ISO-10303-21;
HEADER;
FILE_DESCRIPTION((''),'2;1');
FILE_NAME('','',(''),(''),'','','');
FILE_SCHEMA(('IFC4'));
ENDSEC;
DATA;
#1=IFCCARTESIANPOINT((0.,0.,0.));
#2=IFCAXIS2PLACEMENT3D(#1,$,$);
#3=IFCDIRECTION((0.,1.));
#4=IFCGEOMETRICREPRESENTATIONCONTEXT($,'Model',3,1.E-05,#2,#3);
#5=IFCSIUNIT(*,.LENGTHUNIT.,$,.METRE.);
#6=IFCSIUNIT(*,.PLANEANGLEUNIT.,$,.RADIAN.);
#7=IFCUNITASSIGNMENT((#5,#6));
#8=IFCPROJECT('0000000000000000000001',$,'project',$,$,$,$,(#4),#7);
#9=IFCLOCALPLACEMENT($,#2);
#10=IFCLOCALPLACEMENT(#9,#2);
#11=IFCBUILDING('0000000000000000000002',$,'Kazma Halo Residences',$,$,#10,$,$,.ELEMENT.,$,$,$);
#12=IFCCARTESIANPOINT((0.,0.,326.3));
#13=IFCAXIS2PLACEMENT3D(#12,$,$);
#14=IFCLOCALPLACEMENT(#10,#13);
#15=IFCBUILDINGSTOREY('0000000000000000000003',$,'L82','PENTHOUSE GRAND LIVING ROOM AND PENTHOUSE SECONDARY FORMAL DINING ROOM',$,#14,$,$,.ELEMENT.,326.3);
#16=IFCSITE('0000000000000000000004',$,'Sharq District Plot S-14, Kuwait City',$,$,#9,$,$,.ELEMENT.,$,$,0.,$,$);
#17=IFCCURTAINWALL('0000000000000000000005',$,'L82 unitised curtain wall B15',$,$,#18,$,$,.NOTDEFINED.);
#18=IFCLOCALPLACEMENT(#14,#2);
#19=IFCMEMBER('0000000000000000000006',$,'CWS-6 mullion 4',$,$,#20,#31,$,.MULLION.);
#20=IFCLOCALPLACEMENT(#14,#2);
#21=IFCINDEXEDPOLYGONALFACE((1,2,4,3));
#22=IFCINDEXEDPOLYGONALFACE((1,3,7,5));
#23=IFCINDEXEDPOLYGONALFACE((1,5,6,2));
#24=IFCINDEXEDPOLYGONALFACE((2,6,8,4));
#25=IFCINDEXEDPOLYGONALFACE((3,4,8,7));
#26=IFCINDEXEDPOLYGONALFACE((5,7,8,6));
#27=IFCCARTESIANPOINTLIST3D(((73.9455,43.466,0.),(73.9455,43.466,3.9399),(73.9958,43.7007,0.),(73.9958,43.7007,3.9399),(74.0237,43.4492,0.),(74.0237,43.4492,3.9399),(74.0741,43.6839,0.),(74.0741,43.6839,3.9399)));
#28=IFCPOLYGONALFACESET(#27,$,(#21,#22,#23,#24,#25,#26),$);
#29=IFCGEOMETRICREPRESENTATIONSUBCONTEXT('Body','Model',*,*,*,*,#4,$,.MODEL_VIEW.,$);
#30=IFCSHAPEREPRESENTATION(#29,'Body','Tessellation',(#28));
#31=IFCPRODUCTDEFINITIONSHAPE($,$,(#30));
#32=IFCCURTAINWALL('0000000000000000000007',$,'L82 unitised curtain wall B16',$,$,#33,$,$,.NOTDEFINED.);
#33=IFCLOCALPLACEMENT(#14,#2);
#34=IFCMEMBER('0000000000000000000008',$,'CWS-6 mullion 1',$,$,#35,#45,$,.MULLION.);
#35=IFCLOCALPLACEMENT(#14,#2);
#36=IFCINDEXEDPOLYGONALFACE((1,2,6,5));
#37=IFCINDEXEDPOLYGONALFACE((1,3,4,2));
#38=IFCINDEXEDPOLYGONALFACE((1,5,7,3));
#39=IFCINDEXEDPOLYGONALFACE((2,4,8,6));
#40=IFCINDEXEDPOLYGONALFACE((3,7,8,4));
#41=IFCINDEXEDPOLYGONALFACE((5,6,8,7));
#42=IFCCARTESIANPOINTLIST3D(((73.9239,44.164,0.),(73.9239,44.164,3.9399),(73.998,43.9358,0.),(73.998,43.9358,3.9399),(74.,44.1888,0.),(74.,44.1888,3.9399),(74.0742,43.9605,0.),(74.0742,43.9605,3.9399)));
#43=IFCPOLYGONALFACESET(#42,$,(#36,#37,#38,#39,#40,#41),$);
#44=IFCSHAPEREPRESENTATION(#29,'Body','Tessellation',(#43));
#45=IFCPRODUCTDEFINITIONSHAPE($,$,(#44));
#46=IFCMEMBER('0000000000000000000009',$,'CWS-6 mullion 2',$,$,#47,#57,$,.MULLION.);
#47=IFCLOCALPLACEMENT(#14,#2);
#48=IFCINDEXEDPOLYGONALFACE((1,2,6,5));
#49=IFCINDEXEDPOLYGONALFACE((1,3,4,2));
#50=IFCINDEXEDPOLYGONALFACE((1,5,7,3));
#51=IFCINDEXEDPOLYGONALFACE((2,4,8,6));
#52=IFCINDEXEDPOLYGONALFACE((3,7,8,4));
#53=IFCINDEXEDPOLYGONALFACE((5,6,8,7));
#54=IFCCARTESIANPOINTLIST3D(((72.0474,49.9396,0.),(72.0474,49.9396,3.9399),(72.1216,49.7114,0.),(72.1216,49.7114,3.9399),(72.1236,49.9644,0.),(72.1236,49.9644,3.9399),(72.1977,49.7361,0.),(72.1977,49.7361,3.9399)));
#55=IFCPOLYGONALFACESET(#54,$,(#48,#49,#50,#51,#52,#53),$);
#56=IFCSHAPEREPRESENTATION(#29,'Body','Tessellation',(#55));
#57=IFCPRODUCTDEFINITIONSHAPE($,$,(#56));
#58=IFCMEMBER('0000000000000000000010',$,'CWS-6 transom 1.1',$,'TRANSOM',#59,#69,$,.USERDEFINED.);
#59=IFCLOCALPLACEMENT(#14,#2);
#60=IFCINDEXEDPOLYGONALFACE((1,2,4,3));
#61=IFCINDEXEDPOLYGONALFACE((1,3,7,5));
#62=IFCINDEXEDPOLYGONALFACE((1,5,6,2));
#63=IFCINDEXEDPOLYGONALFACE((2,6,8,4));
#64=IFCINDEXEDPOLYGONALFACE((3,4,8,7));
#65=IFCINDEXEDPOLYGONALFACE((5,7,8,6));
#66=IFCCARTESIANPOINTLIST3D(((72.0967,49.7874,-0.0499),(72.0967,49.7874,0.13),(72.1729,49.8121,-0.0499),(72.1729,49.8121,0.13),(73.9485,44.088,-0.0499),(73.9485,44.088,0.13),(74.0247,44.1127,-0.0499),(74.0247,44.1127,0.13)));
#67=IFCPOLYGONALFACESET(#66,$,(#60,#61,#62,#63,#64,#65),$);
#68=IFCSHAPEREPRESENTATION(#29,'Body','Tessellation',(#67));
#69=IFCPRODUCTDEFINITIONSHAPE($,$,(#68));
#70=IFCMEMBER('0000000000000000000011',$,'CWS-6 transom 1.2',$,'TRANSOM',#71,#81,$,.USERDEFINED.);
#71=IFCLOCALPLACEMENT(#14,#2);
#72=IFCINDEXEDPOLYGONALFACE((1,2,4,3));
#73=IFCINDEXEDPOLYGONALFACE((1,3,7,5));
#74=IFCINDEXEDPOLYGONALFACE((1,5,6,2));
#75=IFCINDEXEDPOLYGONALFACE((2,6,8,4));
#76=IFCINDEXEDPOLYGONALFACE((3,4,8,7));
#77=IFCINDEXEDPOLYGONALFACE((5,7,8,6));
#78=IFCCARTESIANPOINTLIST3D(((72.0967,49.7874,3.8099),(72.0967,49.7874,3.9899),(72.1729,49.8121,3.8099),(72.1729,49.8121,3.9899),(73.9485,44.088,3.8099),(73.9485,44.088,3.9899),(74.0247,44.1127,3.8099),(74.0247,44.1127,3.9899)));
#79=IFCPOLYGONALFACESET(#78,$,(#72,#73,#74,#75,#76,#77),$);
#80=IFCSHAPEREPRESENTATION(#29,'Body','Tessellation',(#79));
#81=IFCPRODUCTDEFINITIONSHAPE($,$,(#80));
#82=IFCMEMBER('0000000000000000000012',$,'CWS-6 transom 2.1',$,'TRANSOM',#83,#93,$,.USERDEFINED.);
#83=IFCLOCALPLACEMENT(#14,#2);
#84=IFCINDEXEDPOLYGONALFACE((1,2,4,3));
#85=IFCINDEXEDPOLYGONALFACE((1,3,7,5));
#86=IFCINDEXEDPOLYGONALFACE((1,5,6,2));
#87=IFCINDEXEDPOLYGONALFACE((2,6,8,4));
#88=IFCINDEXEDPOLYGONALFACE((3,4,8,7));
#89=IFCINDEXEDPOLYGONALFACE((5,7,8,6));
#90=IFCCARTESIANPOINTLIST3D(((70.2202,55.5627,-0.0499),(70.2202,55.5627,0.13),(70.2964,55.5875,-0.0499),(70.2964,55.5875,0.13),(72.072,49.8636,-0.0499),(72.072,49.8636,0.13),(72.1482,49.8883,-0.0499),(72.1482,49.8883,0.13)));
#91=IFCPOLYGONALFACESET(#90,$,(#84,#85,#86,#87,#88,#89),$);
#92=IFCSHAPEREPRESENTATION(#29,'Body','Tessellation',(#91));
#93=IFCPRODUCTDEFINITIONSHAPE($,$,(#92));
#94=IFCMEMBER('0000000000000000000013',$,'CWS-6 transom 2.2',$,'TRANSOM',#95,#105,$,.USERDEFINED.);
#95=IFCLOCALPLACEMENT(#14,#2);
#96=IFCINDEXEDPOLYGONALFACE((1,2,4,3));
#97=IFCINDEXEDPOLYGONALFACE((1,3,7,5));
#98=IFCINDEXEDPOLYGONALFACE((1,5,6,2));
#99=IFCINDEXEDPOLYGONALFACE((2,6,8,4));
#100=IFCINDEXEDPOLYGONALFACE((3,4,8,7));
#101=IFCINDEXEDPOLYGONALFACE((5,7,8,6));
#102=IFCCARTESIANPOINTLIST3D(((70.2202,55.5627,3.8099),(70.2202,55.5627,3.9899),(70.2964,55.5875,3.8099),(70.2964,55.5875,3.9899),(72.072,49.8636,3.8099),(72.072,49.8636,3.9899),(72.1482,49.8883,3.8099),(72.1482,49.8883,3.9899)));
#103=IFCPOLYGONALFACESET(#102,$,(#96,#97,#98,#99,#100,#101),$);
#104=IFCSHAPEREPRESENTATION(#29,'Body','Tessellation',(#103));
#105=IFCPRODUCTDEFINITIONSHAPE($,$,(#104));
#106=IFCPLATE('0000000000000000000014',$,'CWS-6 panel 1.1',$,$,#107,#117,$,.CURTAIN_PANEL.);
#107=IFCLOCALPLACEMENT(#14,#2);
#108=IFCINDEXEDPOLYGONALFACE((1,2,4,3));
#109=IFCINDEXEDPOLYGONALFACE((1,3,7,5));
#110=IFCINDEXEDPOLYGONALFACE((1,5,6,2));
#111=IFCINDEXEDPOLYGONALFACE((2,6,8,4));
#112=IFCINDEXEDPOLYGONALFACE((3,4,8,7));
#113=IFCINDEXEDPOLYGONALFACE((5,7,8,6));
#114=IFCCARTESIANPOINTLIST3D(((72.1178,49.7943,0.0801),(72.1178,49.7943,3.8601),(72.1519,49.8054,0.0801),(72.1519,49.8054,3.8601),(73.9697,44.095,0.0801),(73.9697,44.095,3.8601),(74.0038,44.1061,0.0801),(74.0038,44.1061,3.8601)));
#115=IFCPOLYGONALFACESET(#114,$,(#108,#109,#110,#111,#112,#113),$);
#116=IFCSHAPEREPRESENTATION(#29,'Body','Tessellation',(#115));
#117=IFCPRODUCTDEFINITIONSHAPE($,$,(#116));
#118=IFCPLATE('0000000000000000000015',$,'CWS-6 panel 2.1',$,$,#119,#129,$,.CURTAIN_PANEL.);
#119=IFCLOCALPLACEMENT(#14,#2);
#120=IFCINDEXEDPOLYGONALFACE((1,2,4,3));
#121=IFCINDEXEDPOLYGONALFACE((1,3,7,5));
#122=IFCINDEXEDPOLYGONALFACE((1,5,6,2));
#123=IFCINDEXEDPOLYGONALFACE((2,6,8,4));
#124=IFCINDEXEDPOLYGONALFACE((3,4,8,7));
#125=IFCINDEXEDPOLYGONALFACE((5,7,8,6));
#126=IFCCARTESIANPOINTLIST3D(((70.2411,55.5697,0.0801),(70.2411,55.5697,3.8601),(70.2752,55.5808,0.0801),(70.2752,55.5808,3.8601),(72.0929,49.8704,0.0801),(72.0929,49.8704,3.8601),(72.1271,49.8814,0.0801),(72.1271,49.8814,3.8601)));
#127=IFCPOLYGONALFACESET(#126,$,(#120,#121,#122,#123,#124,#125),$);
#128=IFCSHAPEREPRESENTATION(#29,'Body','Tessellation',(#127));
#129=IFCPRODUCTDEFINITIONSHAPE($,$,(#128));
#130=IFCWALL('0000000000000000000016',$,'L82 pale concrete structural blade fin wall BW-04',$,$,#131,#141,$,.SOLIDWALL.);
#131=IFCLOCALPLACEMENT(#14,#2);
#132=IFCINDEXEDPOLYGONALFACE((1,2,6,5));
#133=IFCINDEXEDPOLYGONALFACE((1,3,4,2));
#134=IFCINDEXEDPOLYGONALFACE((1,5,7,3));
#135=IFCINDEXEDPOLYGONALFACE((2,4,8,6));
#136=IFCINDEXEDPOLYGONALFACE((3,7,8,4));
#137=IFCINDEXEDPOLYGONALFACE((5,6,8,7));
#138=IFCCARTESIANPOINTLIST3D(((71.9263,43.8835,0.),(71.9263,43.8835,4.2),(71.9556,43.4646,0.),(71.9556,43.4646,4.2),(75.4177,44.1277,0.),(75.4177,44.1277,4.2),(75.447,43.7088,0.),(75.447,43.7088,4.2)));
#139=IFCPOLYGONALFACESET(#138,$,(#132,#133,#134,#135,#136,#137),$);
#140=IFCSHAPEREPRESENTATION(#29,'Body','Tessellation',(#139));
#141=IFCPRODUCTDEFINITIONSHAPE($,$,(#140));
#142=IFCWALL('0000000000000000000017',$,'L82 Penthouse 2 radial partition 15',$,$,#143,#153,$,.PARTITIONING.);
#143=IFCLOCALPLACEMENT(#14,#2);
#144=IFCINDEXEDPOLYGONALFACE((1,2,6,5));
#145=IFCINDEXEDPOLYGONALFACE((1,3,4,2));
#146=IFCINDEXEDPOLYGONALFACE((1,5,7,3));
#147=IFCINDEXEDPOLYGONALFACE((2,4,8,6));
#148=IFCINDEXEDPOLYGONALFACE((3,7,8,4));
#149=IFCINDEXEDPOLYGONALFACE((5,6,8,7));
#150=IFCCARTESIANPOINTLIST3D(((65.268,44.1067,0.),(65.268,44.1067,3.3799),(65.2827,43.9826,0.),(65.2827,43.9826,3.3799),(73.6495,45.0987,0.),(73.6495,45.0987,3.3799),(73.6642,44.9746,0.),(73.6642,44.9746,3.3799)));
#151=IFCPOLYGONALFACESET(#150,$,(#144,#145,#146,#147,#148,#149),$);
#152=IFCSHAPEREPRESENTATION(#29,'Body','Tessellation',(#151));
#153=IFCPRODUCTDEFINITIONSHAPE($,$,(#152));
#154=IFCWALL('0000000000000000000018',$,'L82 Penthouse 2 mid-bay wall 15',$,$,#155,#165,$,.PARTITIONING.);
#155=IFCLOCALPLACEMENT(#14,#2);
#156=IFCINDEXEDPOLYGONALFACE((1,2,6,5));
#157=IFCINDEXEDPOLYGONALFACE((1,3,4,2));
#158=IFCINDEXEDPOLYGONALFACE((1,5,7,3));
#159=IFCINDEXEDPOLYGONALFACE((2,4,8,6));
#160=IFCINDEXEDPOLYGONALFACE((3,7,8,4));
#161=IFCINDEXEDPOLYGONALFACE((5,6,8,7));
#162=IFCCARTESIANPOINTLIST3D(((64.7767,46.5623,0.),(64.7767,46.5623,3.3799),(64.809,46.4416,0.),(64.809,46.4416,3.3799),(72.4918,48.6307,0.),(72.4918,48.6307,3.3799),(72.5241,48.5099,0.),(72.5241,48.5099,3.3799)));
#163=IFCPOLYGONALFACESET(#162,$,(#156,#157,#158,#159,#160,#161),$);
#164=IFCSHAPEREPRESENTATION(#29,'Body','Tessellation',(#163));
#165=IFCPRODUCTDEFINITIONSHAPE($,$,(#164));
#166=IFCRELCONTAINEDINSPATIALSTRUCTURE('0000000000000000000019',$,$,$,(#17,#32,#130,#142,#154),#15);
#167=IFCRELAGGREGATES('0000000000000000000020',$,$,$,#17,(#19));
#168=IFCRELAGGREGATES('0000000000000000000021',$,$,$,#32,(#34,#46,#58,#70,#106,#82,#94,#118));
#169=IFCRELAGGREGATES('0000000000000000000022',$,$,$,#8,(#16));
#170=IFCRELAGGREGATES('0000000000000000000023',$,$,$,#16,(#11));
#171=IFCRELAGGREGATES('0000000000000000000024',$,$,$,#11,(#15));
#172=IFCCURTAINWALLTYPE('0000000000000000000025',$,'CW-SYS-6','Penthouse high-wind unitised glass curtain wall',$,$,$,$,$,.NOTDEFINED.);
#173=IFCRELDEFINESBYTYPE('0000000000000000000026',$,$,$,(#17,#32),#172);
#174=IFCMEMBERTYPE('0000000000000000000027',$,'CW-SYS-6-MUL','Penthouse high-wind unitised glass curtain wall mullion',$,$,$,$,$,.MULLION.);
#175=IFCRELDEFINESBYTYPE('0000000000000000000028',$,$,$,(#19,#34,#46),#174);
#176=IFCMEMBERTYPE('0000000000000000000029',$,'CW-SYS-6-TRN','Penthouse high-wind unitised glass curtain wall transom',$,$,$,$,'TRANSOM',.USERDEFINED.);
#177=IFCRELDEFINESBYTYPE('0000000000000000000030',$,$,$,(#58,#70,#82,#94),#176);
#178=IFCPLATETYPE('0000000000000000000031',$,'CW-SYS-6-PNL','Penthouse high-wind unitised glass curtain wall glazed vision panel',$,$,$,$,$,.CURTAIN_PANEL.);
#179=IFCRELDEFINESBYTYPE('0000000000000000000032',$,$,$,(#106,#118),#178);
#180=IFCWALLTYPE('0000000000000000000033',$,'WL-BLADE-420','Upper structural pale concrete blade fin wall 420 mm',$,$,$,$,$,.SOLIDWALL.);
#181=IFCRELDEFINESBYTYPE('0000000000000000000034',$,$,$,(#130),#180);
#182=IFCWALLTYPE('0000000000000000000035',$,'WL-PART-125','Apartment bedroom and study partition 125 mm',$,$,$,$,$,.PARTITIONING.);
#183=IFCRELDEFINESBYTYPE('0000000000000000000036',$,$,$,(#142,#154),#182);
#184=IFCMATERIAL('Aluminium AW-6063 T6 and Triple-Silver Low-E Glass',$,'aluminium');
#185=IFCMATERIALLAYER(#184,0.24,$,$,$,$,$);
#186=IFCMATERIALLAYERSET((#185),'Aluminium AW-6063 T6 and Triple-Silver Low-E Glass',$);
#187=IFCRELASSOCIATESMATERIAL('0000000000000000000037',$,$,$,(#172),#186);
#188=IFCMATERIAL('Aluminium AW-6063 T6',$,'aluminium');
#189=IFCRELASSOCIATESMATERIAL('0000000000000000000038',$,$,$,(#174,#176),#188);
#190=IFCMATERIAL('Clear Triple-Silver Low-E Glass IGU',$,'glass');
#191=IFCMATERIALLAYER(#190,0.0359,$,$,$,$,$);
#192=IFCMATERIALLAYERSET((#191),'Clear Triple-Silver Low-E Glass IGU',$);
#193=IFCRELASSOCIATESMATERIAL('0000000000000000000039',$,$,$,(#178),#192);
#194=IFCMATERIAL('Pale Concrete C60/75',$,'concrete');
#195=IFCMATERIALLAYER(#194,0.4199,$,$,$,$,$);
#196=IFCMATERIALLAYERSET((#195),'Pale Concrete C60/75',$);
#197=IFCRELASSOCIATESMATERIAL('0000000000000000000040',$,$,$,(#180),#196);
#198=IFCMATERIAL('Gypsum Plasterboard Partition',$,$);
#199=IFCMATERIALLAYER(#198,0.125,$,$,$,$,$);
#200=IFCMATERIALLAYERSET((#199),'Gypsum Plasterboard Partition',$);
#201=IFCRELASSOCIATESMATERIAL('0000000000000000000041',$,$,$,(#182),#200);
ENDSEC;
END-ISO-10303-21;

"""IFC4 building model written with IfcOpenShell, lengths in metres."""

from ifc_helpers import new_model, si_unit, direction, frame, frame_2d, origin, origin_2d, place, context, subcontext, project, spatial, rectangle, extrude, material, layer, layer_set, material_profile, profile_set, type_object, element, aggregate, save


model = new_model("IFC4")

# Units and contexts
model_context = context("Model", 3, precision=1e-05, world=origin(), true_north=direction((0.0, 1.0)))
body_context = subcontext(model_context, "Body", "Model", "MODEL_VIEW")
ifc_project = project(units=[si_unit("LENGTHUNIT", "METRE"), si_unit("PLANEANGLEUNIT", "RADIAN")], contexts=[model_context])

# Site, building, storey
site_placement = place(None, origin())
site = spatial("IfcSite", under=ifc_project, at=site_placement, Name="Sharq District Plot S-14, Kuwait City", CompositionType="ELEMENT", RefElevation=0.0)
building_placement = place(site_placement, origin())
building = spatial("IfcBuilding", under=site, at=building_placement, Name="Kazma Halo Residences", CompositionType="ELEMENT")
storey_placement = place(building_placement, frame((0.0, 0.0, 326.3)))
storey = spatial("IfcBuildingStorey", under=building, at=storey_placement, Name="L82", Description="PENTHOUSE GRAND LIVING ROOM AND PENTHOUSE SECONDARY FORMAL DINING ROOM", CompositionType="ELEMENT", Elevation=326.3)

# Curtain wall, member
ifc_material_1 = material(Name="Aluminium AW-6063 T6 and Triple-Silver Low-E Glass", Category="aluminium")
ifc_layer_1 = layer(ifc_material_1, 0.24)
ifc_layer_set_1 = layer_set([ifc_layer_1], Name="Aluminium AW-6063 T6 and Triple-Silver Low-E Glass")
curtain_wall_type = type_object("IfcCurtainWallType", Name="CW-SYS-6", Description="Penthouse high-wind unitised glass curtain wall", PredefinedType="NOTDEFINED", material=ifc_layer_set_1)
curtain_wall_1_placement = place(storey_placement, origin())
curtain_wall_1 = element("IfcCurtainWall", 1, at=curtain_wall_1_placement, inside=storey, type_object=curtain_wall_type, Name="L82 unitised curtain wall B15", PredefinedType="NOTDEFINED")
ifc_material_2 = material(Name="Aluminium AW-6063 T6", Category="aluminium")
ifc_material_profile_1 = material_profile(ifc_material_2, rectangle(XDim=0.0801, YDim=0.24, at=origin_2d()), Name="CWM-80x240")
ifc_profile_set_1 = profile_set([ifc_material_profile_1], Name="Aluminium AW-6063 T6")
member_type_1 = type_object("IfcMemberType", Name="CW-SYS-6-MUL", Description="Penthouse high-wind unitised glass curtain wall mullion", PredefinedType="MULLION", material=ifc_profile_set_1)
member_1_placement = place(storey_placement, frame((74.0098, 43.575, 0.0), z_axis=(0.0, 0.0, 1.0), x_axis=(-0.977761, 0.209723, 0.0)))
member_1 = element("IfcMember", 2, at=member_1_placement, type_object=member_type_1, Name="CWS-6 mullion 4", PredefinedType="MULLION", context=body_context, shape_type="SweptSolid", body=[
    extrude(rectangle(XDim=0.0801, YDim=0.24, at=origin_2d()), origin(), (0.0, 0.0, 1.0), 3.9399),
])
aggregate(curtain_wall_1, [member_1])

# Curtain wall, members, plates
curtain_wall_2_placement = place(storey_placement, origin())
curtain_wall_2 = element("IfcCurtainWall", 3, at=curtain_wall_2_placement, inside=storey, type_object=curtain_wall_type, Name="L82 unitised curtain wall B16", PredefinedType="NOTDEFINED")
member_2_placement = place(storey_placement, frame((73.999, 44.0623, 0.0), z_axis=(0.0, 0.0, 1.0), x_axis=(-0.951056, -0.309019, 0.0)))
member_2 = element("IfcMember", 4, at=member_2_placement, type_object=member_type_1, Name="CWS-6 mullion 1", PredefinedType="MULLION", context=body_context, shape_type="SweptSolid", body=[
    extrude(rectangle(XDim=0.0801, YDim=0.24, at=origin_2d()), origin(), (0.0, 0.0, 1.0), 3.9399),
])
member_3_placement = place(storey_placement, frame((72.1226, 49.8379, 0.0), z_axis=(0.0, 0.0, 1.0), x_axis=(-0.951056, -0.309019, 0.0)))
member_3 = element("IfcMember", 5, at=member_3_placement, type_object=member_type_1, Name="CWS-6 mullion 2", PredefinedType="MULLION", context=body_context, shape_type="SweptSolid", body=[
    extrude(rectangle(XDim=0.0801, YDim=0.24, at=origin_2d()), origin(), (0.0, 0.0, 1.0), 3.9399),
])
ifc_material_profile_2 = material_profile(ifc_material_2, rectangle(XDim=0.0801, YDim=0.1799, at=origin_2d()), Name="CWT-80x180")
ifc_profile_set_2 = profile_set([ifc_material_profile_2], Name="Aluminium AW-6063 T6")
member_type_2 = type_object("IfcMemberType", Name="CW-SYS-6-TRN", Description="Penthouse high-wind unitised glass curtain wall transom", ElementType="TRANSOM", PredefinedType="USERDEFINED", material=ifc_profile_set_2)
member_4_placement = place(storey_placement, frame((73.9866, 44.1003, 0.04), z_axis=(-0.309008, 0.95106, 0.0), x_axis=(-0.95106, -0.309008, 0.0)))
member_4 = element("IfcMember", 6, at=member_4_placement, type_object=member_type_2, Name="CWS-6 transom 1.1", ObjectType="TRANSOM", PredefinedType="USERDEFINED", context=body_context, shape_type="SweptSolid", body=[
    extrude(rectangle(XDim=0.0801, YDim=0.1799, at=origin_2d()), origin(), (0.0, 0.0, 1.0), 5.9927),
])
member_5_placement = place(storey_placement, frame((73.9866, 44.1003, 3.8999), z_axis=(-0.309008, 0.95106, 0.0), x_axis=(-0.95106, -0.309008, 0.0)))
member_5 = element("IfcMember", 7, at=member_5_placement, type_object=member_type_2, Name="CWS-6 transom 1.2", ObjectType="TRANSOM", PredefinedType="USERDEFINED", context=body_context, shape_type="SweptSolid", body=[
    extrude(rectangle(XDim=0.0801, YDim=0.1799, at=origin_2d()), origin(), (0.0, 0.0, 1.0), 5.9927),
])
member_6_placement = place(storey_placement, frame((72.1101, 49.876, 0.04), z_axis=(-0.30902, 0.951056, 0.0), x_axis=(-0.951056, -0.30902, 0.0)))
member_6 = element("IfcMember", 8, at=member_6_placement, type_object=member_type_2, Name="CWS-6 transom 2.1", ObjectType="TRANSOM", PredefinedType="USERDEFINED", context=body_context, shape_type="SweptSolid", body=[
    extrude(rectangle(XDim=0.0801, YDim=0.1799, at=origin_2d()), origin(), (0.0, 0.0, 1.0), 5.9924),
])
member_7_placement = place(storey_placement, frame((72.1101, 49.876, 3.8999), z_axis=(-0.30902, 0.951056, 0.0), x_axis=(-0.951056, -0.30902, 0.0)))
member_7 = element("IfcMember", 9, at=member_7_placement, type_object=member_type_2, Name="CWS-6 transom 2.2", ObjectType="TRANSOM", PredefinedType="USERDEFINED", context=body_context, shape_type="SweptSolid", body=[
    extrude(rectangle(XDim=0.0801, YDim=0.1799, at=origin_2d()), origin(), (0.0, 0.0, 1.0), 5.9924),
])
ifc_material_3 = material(Name="Clear Triple-Silver Low-E Glass IGU", Category="glass")
ifc_layer_2 = layer(ifc_material_3, 0.0359)
ifc_layer_set_2 = layer_set([ifc_layer_2], Name="Clear Triple-Silver Low-E Glass IGU")
plate_type = type_object("IfcPlateType", Name="CW-SYS-6-PNL", Description="Penthouse high-wind unitised glass curtain wall glazed vision panel", PredefinedType="CURTAIN_PANEL", material=ifc_layer_set_2)
plate_1_placement = place(storey_placement, frame((73.0608, 46.9502, 0.0801), z_axis=(0.0, 0.0, 1.0), x_axis=(-0.309019, 0.951056, 0.0)))
plate_1 = element("IfcPlate", 10, at=plate_1_placement, type_object=plate_type, Name="CWS-6 panel 1.1", PredefinedType="CURTAIN_PANEL", context=body_context, shape_type="SweptSolid", body=[
    extrude(rectangle(XDim=5.9927, YDim=0.0359, at=origin_2d()), origin(), (0.0, 0.0, 1.0), 3.78),
])
plate_2_placement = place(storey_placement, frame((71.1841, 52.7256, 0.0801), z_axis=(0.0, 0.0, 1.0), x_axis=(-0.309019, 0.951056, 0.0)))
plate_2 = element("IfcPlate", 11, at=plate_2_placement, type_object=plate_type, Name="CWS-6 panel 2.1", PredefinedType="CURTAIN_PANEL", context=body_context, shape_type="SweptSolid", body=[
    extrude(rectangle(XDim=5.9927, YDim=0.0359, at=origin_2d()), origin(), (0.0, 0.0, 1.0), 3.78),
])
aggregate(curtain_wall_2, [member_2, member_3, member_4, member_5, plate_1, member_6, member_7, plate_2])

# Walls
ifc_material_4 = material(Name="Pale Concrete C60/75", Category="concrete")
ifc_layer_3 = layer(ifc_material_4, 0.4199)
ifc_layer_set_3 = layer_set([ifc_layer_3], Name="Pale Concrete C60/75")
wall_type_1 = type_object("IfcWallType", Name="WL-BLADE-420", Description="Upper structural pale concrete blade fin wall 420 mm", PredefinedType="SOLIDWALL", material=ifc_layer_set_3)
wall_1_placement = place(storey_placement, frame((71.9409, 43.6741, 0.0), z_axis=(0.0, 0.0, 1.0), x_axis=(0.997564, 0.069755, 0.0)))
element("IfcWall", 12, at=wall_1_placement, inside=storey, type_object=wall_type_1, Name="L82 pale concrete structural blade fin wall BW-04", PredefinedType="SOLIDWALL", context=body_context, shape_type="SweptSolid", body=[
    extrude(rectangle(XDim=3.5, YDim=0.4199, at=frame_2d((1.75, 0.0))), origin(), (0.0, 0.0, 1.0), 4.2),
])
ifc_material_5 = material(Name="Gypsum Plasterboard Partition")
ifc_layer_4 = layer(ifc_material_5, 0.125)
ifc_layer_set_4 = layer_set([ifc_layer_4], Name="Gypsum Plasterboard Partition")
wall_type_2 = type_object("IfcWallType", Name="WL-PART-125", Description="Apartment bedroom and study partition 125 mm", PredefinedType="PARTITIONING", material=ifc_layer_set_4)
wall_2_placement = place(storey_placement, frame((65.2754, 44.0447, 0.0), z_axis=(0.0, 0.0, 1.0), x_axis=(0.993069, 0.117531, 0.0)))
element("IfcWall", 13, at=wall_2_placement, inside=storey, type_object=wall_type_2, Name="L82 Penthouse 2 radial partition 15", PredefinedType="PARTITIONING", context=body_context, shape_type="SweptSolid", body=[
    extrude(rectangle(XDim=8.4399, YDim=0.125, at=frame_2d((4.22, 0.0))), origin(), (0.0, 0.0, 1.0), 3.3799),
])
wall_3_placement = place(storey_placement, frame((64.793, 46.502, 0.0), z_axis=(0.0, 0.0, 1.0), x_axis=(0.965891, 0.258948, 0.0)))
element("IfcWall", 14, at=wall_3_placement, inside=storey, type_object=wall_type_2, Name="L82 Penthouse 2 mid-bay wall 15", PredefinedType="PARTITIONING", context=body_context, shape_type="SweptSolid", body=[
    extrude(rectangle(XDim=7.9875, YDim=0.125, at=frame_2d((3.9937, 0.0))), origin(), (0.0, 0.0, 1.0), 3.3799),
])

save(model, "model.ifc")
